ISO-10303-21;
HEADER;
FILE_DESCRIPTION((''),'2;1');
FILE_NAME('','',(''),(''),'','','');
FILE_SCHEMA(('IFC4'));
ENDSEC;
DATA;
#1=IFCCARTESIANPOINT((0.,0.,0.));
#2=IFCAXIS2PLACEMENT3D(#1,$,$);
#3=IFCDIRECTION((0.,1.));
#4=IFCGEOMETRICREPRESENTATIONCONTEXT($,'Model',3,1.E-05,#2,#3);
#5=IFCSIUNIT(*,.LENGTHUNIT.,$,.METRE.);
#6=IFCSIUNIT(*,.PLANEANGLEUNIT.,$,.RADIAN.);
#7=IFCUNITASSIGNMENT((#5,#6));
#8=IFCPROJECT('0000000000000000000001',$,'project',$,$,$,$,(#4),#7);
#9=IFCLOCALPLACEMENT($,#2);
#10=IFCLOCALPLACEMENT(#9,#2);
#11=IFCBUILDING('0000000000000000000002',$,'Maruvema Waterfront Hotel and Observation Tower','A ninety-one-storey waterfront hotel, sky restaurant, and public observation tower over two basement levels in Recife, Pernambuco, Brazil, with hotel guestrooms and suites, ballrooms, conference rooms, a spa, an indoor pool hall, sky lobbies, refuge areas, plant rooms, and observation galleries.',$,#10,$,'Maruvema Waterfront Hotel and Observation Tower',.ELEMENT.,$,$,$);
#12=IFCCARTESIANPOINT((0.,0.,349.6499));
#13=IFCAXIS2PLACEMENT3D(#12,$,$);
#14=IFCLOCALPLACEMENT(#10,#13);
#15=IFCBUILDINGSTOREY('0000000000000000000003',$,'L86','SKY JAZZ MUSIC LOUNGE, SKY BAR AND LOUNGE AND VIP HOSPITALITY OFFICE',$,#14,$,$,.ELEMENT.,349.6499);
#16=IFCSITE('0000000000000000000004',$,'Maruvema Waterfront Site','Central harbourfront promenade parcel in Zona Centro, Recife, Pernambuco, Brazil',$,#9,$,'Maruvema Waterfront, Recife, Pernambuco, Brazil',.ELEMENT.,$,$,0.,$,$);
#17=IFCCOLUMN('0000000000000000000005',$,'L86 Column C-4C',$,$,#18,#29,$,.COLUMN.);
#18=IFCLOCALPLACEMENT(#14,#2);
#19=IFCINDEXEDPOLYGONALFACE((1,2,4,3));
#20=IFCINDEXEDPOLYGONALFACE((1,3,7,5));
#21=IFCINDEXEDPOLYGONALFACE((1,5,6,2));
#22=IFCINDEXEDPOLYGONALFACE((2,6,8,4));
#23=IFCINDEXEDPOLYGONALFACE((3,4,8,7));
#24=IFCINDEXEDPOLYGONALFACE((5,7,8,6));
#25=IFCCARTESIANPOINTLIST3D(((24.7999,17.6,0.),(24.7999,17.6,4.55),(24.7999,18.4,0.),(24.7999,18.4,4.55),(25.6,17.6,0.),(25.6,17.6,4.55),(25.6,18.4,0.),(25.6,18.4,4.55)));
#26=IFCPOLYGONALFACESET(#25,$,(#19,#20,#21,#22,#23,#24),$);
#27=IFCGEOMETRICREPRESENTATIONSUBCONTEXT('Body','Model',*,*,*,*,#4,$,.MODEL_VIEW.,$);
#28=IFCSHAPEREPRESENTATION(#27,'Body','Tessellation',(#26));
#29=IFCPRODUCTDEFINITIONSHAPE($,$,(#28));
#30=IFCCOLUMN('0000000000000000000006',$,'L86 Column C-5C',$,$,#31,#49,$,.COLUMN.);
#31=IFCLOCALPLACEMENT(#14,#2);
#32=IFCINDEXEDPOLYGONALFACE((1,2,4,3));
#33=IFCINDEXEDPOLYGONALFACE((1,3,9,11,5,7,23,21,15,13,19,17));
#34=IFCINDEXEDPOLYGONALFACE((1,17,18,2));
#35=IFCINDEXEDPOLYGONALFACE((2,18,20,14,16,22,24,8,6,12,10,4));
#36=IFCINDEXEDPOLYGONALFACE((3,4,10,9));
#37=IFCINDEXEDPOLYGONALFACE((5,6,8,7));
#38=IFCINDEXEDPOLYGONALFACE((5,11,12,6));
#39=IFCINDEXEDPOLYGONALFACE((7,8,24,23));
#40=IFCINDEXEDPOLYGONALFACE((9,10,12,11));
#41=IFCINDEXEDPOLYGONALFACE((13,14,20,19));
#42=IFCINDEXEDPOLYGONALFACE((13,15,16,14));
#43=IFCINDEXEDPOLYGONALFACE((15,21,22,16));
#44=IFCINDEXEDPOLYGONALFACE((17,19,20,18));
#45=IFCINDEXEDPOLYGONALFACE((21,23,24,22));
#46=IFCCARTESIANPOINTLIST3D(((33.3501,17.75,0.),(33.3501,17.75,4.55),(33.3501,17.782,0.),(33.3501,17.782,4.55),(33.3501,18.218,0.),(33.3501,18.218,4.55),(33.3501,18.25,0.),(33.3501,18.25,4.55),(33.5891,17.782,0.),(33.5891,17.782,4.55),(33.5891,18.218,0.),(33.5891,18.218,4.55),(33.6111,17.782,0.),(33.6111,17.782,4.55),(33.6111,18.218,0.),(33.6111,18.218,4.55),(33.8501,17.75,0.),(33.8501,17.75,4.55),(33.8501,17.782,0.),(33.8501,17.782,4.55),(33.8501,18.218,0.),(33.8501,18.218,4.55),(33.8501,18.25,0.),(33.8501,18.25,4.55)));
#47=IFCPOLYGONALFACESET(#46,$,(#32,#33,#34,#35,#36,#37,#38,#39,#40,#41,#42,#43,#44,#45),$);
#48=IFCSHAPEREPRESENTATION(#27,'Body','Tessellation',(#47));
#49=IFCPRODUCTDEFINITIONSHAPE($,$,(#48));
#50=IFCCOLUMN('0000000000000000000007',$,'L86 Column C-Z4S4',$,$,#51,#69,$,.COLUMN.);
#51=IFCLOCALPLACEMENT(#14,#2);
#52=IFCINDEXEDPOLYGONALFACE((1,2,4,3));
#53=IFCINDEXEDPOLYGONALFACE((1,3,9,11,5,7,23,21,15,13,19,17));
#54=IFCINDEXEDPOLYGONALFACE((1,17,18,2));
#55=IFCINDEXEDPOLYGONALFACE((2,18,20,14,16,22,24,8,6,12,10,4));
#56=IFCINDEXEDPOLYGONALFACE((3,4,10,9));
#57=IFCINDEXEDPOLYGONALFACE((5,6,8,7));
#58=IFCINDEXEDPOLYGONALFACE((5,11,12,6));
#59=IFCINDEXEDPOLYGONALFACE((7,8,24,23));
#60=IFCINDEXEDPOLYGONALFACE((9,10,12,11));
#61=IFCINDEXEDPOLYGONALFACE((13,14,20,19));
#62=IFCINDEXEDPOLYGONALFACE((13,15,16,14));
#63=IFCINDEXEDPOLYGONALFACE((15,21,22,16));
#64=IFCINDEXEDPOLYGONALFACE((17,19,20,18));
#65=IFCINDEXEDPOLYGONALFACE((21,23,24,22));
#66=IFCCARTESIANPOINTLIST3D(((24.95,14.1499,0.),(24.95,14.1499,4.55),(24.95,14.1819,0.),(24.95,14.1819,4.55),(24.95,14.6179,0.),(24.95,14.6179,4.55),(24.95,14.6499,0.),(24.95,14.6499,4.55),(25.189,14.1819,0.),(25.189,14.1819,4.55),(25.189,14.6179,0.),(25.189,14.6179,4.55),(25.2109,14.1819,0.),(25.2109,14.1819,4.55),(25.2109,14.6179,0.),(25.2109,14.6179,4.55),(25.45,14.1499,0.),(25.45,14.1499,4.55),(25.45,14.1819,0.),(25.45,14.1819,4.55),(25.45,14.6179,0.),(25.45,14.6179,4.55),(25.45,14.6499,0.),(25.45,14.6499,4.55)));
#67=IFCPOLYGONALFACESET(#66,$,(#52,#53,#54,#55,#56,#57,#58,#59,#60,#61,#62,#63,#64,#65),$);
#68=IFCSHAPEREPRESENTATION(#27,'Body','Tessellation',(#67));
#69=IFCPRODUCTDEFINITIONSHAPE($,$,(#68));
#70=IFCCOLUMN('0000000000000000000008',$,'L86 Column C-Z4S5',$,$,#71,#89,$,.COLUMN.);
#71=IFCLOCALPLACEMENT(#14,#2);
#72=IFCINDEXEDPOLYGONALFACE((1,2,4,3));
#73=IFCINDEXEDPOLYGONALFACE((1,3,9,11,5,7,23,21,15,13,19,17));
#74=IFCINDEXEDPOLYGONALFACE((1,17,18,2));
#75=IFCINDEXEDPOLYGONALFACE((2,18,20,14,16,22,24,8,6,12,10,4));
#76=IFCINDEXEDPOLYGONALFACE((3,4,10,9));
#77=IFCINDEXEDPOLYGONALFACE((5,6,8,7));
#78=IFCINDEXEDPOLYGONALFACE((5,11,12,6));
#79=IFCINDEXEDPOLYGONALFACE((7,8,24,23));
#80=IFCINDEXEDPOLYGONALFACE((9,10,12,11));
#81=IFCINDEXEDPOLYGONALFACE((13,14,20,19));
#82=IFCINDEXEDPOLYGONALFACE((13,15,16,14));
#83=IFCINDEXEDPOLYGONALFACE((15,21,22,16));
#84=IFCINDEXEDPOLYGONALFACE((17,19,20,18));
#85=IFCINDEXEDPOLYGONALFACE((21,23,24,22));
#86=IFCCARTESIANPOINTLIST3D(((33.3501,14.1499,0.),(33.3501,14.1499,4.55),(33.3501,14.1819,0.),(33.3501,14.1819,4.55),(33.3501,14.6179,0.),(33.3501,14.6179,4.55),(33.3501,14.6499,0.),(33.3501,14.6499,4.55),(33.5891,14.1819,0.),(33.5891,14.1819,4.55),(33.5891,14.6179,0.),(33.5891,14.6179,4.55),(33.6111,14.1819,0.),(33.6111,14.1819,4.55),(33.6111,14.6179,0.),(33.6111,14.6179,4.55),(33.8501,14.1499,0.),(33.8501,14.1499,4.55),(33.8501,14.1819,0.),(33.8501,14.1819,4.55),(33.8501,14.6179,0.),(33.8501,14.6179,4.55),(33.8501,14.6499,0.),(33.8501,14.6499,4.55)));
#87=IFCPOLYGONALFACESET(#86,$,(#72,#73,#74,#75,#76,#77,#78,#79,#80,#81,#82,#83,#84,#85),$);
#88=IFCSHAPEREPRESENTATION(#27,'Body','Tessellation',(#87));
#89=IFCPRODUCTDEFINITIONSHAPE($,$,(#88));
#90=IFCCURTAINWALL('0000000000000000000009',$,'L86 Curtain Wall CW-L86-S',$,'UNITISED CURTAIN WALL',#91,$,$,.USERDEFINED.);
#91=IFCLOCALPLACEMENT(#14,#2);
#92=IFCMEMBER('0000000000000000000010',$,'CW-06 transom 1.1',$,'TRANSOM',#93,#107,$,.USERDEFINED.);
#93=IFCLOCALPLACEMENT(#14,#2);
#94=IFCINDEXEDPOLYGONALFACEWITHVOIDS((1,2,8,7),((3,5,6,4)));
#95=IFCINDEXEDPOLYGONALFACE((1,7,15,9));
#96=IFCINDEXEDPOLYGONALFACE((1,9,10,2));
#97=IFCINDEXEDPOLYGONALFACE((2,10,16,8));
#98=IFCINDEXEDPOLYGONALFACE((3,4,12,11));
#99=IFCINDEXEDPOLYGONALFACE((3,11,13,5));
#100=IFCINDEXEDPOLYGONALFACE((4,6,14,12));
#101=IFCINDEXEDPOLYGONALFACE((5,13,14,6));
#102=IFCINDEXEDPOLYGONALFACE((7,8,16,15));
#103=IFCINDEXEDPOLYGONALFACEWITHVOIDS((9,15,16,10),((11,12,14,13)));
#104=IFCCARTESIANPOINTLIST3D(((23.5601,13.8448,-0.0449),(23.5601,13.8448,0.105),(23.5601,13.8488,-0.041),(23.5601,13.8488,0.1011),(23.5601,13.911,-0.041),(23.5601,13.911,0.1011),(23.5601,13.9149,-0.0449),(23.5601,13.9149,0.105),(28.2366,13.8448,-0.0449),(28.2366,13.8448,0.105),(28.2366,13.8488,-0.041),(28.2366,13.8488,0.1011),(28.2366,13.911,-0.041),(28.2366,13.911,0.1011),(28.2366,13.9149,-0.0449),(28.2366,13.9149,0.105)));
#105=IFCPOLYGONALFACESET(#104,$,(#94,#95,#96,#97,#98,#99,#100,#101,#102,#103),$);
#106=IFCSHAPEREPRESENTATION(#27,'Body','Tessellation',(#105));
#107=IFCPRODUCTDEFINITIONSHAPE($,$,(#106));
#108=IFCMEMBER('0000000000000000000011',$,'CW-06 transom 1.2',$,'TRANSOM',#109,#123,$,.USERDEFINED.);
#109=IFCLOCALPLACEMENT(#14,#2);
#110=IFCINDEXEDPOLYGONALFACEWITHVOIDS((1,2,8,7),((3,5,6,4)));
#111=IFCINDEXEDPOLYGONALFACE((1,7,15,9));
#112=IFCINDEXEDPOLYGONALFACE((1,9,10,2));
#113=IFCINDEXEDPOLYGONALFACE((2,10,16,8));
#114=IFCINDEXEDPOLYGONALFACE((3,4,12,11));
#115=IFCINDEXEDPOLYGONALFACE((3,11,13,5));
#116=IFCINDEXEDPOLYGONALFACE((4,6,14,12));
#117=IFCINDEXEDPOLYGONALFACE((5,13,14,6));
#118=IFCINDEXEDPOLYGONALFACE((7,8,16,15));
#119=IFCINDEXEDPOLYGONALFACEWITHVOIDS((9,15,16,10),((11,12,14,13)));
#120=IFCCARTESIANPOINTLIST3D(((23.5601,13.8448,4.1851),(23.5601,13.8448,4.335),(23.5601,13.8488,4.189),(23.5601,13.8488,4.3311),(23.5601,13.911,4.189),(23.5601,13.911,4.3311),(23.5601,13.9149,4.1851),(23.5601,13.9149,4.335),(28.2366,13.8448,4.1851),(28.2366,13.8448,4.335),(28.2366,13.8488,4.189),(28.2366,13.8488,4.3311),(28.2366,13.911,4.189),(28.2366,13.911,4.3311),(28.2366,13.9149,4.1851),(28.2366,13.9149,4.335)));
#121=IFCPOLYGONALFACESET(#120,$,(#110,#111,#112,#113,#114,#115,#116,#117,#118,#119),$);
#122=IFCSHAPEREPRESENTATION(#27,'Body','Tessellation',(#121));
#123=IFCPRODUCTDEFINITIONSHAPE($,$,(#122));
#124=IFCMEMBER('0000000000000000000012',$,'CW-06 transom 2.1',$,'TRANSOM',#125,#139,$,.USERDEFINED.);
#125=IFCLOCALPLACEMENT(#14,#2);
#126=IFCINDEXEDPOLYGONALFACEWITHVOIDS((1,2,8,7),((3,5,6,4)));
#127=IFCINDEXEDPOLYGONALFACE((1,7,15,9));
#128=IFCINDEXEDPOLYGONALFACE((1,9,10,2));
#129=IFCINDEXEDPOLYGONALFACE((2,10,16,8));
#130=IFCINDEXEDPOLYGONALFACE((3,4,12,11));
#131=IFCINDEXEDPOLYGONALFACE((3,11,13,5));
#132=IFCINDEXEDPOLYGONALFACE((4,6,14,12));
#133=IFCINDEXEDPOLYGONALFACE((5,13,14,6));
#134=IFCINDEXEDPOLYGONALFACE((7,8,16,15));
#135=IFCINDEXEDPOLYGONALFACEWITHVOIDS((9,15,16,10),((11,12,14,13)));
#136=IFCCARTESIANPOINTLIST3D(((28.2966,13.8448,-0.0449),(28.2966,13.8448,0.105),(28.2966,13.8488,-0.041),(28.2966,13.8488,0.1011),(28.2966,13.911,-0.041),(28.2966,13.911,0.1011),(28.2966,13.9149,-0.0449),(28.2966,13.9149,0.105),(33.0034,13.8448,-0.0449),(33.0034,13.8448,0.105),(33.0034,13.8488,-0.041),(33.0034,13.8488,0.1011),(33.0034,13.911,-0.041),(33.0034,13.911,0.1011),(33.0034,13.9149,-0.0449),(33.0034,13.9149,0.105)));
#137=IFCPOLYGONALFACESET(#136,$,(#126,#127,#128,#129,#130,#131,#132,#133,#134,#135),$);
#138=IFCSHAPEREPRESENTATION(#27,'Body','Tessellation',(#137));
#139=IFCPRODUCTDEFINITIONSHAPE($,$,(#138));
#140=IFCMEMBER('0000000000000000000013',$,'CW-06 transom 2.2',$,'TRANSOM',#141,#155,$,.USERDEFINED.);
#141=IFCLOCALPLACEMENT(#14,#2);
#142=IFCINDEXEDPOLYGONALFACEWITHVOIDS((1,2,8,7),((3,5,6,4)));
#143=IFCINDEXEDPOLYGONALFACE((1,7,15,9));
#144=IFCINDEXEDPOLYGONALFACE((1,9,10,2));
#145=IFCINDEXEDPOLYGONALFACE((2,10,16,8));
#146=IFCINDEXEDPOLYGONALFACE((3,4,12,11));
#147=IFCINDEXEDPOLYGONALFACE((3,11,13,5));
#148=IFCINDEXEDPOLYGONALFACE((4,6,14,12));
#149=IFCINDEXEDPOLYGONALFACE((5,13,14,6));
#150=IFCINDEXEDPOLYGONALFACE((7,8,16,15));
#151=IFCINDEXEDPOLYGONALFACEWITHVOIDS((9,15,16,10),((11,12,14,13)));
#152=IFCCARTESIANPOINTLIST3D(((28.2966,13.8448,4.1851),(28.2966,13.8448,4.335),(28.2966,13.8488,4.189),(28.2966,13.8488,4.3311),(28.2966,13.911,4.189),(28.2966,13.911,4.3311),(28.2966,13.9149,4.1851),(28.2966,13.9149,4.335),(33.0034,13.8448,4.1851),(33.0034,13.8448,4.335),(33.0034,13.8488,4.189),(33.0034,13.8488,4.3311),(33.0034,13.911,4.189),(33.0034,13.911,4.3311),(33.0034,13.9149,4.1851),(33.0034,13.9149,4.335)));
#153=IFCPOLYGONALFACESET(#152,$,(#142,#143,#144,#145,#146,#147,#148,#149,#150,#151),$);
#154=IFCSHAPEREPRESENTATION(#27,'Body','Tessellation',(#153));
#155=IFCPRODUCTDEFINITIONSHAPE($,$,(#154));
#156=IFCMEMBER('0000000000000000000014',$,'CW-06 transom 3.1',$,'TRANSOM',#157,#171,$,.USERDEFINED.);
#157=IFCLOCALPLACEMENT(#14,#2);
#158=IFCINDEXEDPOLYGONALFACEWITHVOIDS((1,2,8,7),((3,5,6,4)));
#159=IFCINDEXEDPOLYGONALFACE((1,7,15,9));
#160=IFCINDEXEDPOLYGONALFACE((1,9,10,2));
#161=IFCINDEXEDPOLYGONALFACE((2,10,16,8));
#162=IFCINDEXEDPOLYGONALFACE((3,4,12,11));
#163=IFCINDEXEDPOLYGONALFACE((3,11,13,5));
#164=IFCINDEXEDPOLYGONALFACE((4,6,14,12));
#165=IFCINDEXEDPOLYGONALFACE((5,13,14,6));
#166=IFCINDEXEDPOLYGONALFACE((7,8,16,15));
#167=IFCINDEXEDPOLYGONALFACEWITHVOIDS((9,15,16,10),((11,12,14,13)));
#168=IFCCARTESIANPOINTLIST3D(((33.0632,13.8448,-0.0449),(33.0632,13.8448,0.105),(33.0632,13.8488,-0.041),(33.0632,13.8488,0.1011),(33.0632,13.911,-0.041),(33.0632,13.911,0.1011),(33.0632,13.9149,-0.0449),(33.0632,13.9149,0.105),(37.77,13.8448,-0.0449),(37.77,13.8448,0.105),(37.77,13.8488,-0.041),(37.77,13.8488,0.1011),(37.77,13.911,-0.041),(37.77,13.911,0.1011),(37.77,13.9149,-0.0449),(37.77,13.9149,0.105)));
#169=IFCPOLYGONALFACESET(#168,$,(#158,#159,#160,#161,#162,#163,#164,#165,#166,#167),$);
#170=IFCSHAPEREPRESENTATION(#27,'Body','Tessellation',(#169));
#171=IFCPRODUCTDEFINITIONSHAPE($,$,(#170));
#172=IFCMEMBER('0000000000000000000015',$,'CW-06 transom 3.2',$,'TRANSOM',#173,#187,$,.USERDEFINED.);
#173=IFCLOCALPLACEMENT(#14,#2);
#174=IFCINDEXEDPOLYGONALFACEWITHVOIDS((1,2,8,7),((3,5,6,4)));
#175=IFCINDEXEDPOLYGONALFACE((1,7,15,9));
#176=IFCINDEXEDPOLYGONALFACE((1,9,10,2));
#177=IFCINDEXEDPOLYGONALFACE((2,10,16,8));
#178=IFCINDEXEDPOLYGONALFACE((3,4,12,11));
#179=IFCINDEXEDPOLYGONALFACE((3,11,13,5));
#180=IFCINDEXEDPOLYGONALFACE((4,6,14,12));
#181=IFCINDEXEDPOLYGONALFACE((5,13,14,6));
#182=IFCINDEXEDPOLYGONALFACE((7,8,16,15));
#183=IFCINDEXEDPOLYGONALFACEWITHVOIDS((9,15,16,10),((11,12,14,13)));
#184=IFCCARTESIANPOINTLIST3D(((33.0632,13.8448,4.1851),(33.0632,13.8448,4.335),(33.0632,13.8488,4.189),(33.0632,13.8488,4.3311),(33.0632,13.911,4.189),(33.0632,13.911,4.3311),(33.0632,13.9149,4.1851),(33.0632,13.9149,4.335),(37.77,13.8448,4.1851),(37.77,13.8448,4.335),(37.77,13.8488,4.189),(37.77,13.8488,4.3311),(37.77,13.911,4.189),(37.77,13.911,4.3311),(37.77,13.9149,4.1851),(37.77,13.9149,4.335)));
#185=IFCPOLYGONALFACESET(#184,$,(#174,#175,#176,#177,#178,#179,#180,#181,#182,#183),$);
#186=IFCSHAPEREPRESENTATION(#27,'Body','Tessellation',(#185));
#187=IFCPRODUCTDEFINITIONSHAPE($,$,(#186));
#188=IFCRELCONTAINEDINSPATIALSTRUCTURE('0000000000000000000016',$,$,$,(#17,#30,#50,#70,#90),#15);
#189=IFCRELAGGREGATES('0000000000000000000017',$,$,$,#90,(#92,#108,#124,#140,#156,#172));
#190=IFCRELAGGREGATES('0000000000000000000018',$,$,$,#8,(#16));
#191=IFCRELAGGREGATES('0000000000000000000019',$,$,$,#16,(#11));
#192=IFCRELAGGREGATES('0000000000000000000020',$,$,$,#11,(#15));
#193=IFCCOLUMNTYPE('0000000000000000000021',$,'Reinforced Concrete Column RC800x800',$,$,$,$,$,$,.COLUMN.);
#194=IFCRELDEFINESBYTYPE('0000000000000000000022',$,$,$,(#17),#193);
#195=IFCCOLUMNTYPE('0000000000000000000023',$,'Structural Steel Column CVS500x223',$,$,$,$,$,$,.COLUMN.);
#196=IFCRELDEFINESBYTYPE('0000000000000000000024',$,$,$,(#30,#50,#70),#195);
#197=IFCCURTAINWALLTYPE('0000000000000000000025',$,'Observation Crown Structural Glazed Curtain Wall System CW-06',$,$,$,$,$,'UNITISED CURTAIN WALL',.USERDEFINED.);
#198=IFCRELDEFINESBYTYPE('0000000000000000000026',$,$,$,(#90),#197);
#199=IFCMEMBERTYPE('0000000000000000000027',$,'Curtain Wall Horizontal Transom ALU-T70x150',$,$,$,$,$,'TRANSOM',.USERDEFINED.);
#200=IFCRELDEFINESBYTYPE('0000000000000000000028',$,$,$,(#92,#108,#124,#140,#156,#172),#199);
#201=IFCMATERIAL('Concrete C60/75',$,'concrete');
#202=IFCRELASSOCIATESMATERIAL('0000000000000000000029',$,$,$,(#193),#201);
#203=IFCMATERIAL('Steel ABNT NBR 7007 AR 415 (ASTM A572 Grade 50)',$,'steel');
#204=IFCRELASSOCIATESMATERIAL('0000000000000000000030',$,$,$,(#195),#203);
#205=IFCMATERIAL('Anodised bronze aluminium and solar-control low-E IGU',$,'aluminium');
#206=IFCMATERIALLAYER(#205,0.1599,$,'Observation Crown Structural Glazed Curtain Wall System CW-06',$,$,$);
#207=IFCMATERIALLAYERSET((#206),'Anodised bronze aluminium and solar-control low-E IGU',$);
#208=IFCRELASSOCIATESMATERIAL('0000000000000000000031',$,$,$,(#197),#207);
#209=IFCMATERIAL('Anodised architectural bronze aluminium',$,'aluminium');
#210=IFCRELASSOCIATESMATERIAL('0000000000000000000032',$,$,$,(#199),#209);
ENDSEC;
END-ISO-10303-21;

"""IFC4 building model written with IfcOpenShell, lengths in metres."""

from ifc_helpers import new_model, si_unit, direction, frame, origin, origin_2d, place, context, subcontext, project, spatial, rectangle, hollow_rectangle, i_section, extrude, material, layer, layer_set, material_profile, profile_set, type_object, element, aggregate, save


model = new_model("IFC4")

# Units and contexts
model_context = context("Model", 3, precision=1e-05, world=origin(), true_north=direction((0.0, 1.0)))
body_context = subcontext(model_context, "Body", "Model", "MODEL_VIEW")
ifc_project = project(units=[si_unit("LENGTHUNIT", "METRE"), si_unit("PLANEANGLEUNIT", "RADIAN")], contexts=[model_context])

# Site, building, storey
site_placement = place(None, origin())
site = spatial("IfcSite", under=ifc_project, at=site_placement, Name="Maruvema Waterfront Site", Description="Central harbourfront promenade parcel in Zona Centro, Recife, Pernambuco, Brazil", LongName="Maruvema Waterfront, Recife, Pernambuco, Brazil", CompositionType="ELEMENT", RefElevation=0.0)
building_placement = place(site_placement, origin())
building = spatial("IfcBuilding", under=site, at=building_placement, Name="Maruvema Waterfront Hotel and Observation Tower", Description="A ninety-one-storey waterfront hotel, sky restaurant, and public observation tower over two basement levels in Recife, Pernambuco, Brazil, with hotel guestrooms and suites, ballrooms, conference rooms, a spa, an indoor pool hall, sky lobbies, refuge areas, plant rooms, and observation galleries.", LongName="Maruvema Waterfront Hotel and Observation Tower", CompositionType="ELEMENT")
storey_placement = place(building_placement, frame((0.0, 0.0, 349.6499)))
storey = spatial("IfcBuildingStorey", under=building, at=storey_placement, Name="L86", Description="SKY JAZZ MUSIC LOUNGE, SKY BAR AND LOUNGE AND VIP HOSPITALITY OFFICE", CompositionType="ELEMENT", Elevation=349.6499)

# Columns
ifc_material_1 = material(Name="Concrete C60/75", Category="concrete")
ifc_material_profile_1 = material_profile(ifc_material_1, rectangle(XDim=0.8, YDim=0.8, at=origin_2d()), Name="RC800x800")
ifc_profile_set_1 = profile_set([ifc_material_profile_1], Name="Concrete C60/75")
column_type_1 = type_object("IfcColumnType", Name="Reinforced Concrete Column RC800x800", PredefinedType="COLUMN", material=ifc_profile_set_1)
column_placement = place(storey_placement, frame((25.2, 18.0, 0.0), z_axis=(0.0, 0.0, 1.0), x_axis=(1.0, 0.0, 0.0)))
element("IfcColumn", 1, at=column_placement, inside=storey, type_object=column_type_1, Name="L86 Column C-4C", PredefinedType="COLUMN", context=body_context, shape_type="SweptSolid", body=[
    extrude(rectangle(XDim=0.8, YDim=0.8, at=origin_2d()), origin(), (0.0, 0.0, 1.0), 4.55),
])
ifc_material_2 = material(Name="Steel ABNT NBR 7007 AR 415 (ASTM A572 Grade 50)", Category="steel")
ifc_material_profile_2 = material_profile(ifc_material_2, i_section(OverallWidth=0.5, OverallDepth=0.5, WebThickness=0.022, FlangeThickness=0.032, at=origin_2d()), Name="CVS500x223")
ifc_profile_set_2 = profile_set([ifc_material_profile_2], Name="Steel ABNT NBR 7007 AR 415 (ASTM A572 Grade 50)")
column_type_2 = type_object("IfcColumnType", Name="Structural Steel Column CVS500x223", PredefinedType="COLUMN", material=ifc_profile_set_2)
for number, where, z_axis, x_axis, name in (
    (2, (33.6001, 18.0, 0.0), (0.0, 0.0, 1.0), (1.0, 0.0, 0.0), "L86 Column C-5C"),
    (3, (25.2, 14.3999, 0.0), (0.0, 0.0, 1.0), (1.0, 0.0, 0.0), "L86 Column C-Z4S4"),
    (4, (33.6001, 14.3999, 0.0), (0.0, 0.0, 1.0), (1.0, 0.0, 0.0), "L86 Column C-Z4S5"),
):
    element("IfcColumn", number, at=place(storey_placement, frame(where, z_axis=z_axis, x_axis=x_axis)), inside=storey, type_object=column_type_2, Name=name, PredefinedType="COLUMN", context=body_context, shape_type="SweptSolid", body=[
        extrude(i_section(OverallWidth=0.5, OverallDepth=0.5, WebThickness=0.022, FlangeThickness=0.032, at=origin_2d()), origin(), (0.0, 0.0, 1.0), 4.55),
    ])

# Curtain wall, members
ifc_material_3 = material(Name="Anodised bronze aluminium and solar-control low-E IGU", Category="aluminium")
ifc_layer_1 = layer(ifc_material_3, 0.1599, Name="Observation Crown Structural Glazed Curtain Wall System CW-06")
ifc_layer_set_1 = layer_set([ifc_layer_1], Name="Anodised bronze aluminium and solar-control low-E IGU")
curtain_wall_type = type_object("IfcCurtainWallType", Name="Observation Crown Structural Glazed Curtain Wall System CW-06", ElementType="UNITISED CURTAIN WALL", PredefinedType="USERDEFINED", material=ifc_layer_set_1)
curtain_wall_placement = place(storey_placement, origin())
curtain_wall = element("IfcCurtainWall", 5, at=curtain_wall_placement, inside=storey, type_object=curtain_wall_type, Name="L86 Curtain Wall CW-L86-S", ObjectType="UNITISED CURTAIN WALL", PredefinedType="USERDEFINED")
ifc_material_4 = material(Name="Anodised architectural bronze aluminium", Category="aluminium")
ifc_material_profile_3 = material_profile(ifc_material_4, hollow_rectangle(XDim=0.0701, YDim=0.1499, WallThickness=0.0039, at=origin_2d()), Name="ALU-T70x150")
ifc_profile_set_3 = profile_set([ifc_material_profile_3], Name="Anodised architectural bronze aluminium")
member_type_1 = type_object("IfcMemberType", Name="Curtain Wall Horizontal Transom ALU-T70x150", ElementType="TRANSOM", PredefinedType="USERDEFINED", material=ifc_profile_set_3)
member_1_placement = place(storey_placement, frame((23.5601, 13.8799, 0.03), z_axis=(1.0, 0.0, 0.0), x_axis=(0.0, 1.0, 0.0)))
member_1 = element("IfcMember", 6, at=member_1_placement, type_object=member_type_1, Name="CW-06 transom 1.1", ObjectType="TRANSOM", PredefinedType="USERDEFINED", context=body_context, shape_type="SweptSolid", body=[
    extrude(hollow_rectangle(XDim=0.0701, YDim=0.1499, WallThickness=0.0039, at=origin_2d()), origin(), (0.0, 0.0, 1.0), 4.6765),
])
member_2_placement = place(storey_placement, frame((23.5601, 13.8799, 4.26), z_axis=(1.0, 0.0, 0.0), x_axis=(0.0, 1.0, 0.0)))
member_2 = element("IfcMember", 7, at=member_2_placement, type_object=member_type_1, Name="CW-06 transom 1.2", ObjectType="TRANSOM", PredefinedType="USERDEFINED", context=body_context, shape_type="SweptSolid", body=[
    extrude(hollow_rectangle(XDim=0.0701, YDim=0.1499, WallThickness=0.0039, at=origin_2d()), origin(), (0.0, 0.0, 1.0), 4.6765),
])
member_3_placement = place(storey_placement, frame((28.2966, 13.8799, 0.03), z_axis=(1.0, 0.0, 0.0), x_axis=(0.0, 1.0, 0.0)))
member_3 = element("IfcMember", 8, at=member_3_placement, type_object=member_type_1, Name="CW-06 transom 2.1", ObjectType="TRANSOM", PredefinedType="USERDEFINED", context=body_context, shape_type="SweptSolid", body=[
    extrude(hollow_rectangle(XDim=0.0701, YDim=0.1499, WallThickness=0.0039, at=origin_2d()), origin(), (0.0, 0.0, 1.0), 4.7068),
])
member_4_placement = place(storey_placement, frame((28.2966, 13.8799, 4.26), z_axis=(1.0, 0.0, 0.0), x_axis=(0.0, 1.0, 0.0)))
member_4 = element("IfcMember", 9, at=member_4_placement, type_object=member_type_1, Name="CW-06 transom 2.2", ObjectType="TRANSOM", PredefinedType="USERDEFINED", context=body_context, shape_type="SweptSolid", body=[
    extrude(hollow_rectangle(XDim=0.0701, YDim=0.1499, WallThickness=0.0039, at=origin_2d()), origin(), (0.0, 0.0, 1.0), 4.7068),
])
member_5_placement = place(storey_placement, frame((33.0632, 13.8799, 0.03), z_axis=(1.0, 0.0, 0.0), x_axis=(0.0, 1.0, 0.0)))
member_5 = element("IfcMember", 10, at=member_5_placement, type_object=member_type_1, Name="CW-06 transom 3.1", ObjectType="TRANSOM", PredefinedType="USERDEFINED", context=body_context, shape_type="SweptSolid", body=[
    extrude(hollow_rectangle(XDim=0.0701, YDim=0.1499, WallThickness=0.0039, at=origin_2d()), origin(), (0.0, 0.0, 1.0), 4.7068),
])
member_6_placement = place(storey_placement, frame((33.0632, 13.8799, 4.26), z_axis=(1.0, 0.0, 0.0), x_axis=(0.0, 1.0, 0.0)))
member_6 = element("IfcMember", 11, at=member_6_placement, type_object=member_type_1, Name="CW-06 transom 3.2", ObjectType="TRANSOM", PredefinedType="USERDEFINED", context=body_context, shape_type="SweptSolid", body=[
    extrude(hollow_rectangle(XDim=0.0701, YDim=0.1499, WallThickness=0.0039, at=origin_2d()), origin(), (0.0, 0.0, 1.0), 4.7068),
])

aggregate(curtain_wall, [member_1, member_2, member_3, member_4, member_5, member_6])

save(model, "model.ifc")
